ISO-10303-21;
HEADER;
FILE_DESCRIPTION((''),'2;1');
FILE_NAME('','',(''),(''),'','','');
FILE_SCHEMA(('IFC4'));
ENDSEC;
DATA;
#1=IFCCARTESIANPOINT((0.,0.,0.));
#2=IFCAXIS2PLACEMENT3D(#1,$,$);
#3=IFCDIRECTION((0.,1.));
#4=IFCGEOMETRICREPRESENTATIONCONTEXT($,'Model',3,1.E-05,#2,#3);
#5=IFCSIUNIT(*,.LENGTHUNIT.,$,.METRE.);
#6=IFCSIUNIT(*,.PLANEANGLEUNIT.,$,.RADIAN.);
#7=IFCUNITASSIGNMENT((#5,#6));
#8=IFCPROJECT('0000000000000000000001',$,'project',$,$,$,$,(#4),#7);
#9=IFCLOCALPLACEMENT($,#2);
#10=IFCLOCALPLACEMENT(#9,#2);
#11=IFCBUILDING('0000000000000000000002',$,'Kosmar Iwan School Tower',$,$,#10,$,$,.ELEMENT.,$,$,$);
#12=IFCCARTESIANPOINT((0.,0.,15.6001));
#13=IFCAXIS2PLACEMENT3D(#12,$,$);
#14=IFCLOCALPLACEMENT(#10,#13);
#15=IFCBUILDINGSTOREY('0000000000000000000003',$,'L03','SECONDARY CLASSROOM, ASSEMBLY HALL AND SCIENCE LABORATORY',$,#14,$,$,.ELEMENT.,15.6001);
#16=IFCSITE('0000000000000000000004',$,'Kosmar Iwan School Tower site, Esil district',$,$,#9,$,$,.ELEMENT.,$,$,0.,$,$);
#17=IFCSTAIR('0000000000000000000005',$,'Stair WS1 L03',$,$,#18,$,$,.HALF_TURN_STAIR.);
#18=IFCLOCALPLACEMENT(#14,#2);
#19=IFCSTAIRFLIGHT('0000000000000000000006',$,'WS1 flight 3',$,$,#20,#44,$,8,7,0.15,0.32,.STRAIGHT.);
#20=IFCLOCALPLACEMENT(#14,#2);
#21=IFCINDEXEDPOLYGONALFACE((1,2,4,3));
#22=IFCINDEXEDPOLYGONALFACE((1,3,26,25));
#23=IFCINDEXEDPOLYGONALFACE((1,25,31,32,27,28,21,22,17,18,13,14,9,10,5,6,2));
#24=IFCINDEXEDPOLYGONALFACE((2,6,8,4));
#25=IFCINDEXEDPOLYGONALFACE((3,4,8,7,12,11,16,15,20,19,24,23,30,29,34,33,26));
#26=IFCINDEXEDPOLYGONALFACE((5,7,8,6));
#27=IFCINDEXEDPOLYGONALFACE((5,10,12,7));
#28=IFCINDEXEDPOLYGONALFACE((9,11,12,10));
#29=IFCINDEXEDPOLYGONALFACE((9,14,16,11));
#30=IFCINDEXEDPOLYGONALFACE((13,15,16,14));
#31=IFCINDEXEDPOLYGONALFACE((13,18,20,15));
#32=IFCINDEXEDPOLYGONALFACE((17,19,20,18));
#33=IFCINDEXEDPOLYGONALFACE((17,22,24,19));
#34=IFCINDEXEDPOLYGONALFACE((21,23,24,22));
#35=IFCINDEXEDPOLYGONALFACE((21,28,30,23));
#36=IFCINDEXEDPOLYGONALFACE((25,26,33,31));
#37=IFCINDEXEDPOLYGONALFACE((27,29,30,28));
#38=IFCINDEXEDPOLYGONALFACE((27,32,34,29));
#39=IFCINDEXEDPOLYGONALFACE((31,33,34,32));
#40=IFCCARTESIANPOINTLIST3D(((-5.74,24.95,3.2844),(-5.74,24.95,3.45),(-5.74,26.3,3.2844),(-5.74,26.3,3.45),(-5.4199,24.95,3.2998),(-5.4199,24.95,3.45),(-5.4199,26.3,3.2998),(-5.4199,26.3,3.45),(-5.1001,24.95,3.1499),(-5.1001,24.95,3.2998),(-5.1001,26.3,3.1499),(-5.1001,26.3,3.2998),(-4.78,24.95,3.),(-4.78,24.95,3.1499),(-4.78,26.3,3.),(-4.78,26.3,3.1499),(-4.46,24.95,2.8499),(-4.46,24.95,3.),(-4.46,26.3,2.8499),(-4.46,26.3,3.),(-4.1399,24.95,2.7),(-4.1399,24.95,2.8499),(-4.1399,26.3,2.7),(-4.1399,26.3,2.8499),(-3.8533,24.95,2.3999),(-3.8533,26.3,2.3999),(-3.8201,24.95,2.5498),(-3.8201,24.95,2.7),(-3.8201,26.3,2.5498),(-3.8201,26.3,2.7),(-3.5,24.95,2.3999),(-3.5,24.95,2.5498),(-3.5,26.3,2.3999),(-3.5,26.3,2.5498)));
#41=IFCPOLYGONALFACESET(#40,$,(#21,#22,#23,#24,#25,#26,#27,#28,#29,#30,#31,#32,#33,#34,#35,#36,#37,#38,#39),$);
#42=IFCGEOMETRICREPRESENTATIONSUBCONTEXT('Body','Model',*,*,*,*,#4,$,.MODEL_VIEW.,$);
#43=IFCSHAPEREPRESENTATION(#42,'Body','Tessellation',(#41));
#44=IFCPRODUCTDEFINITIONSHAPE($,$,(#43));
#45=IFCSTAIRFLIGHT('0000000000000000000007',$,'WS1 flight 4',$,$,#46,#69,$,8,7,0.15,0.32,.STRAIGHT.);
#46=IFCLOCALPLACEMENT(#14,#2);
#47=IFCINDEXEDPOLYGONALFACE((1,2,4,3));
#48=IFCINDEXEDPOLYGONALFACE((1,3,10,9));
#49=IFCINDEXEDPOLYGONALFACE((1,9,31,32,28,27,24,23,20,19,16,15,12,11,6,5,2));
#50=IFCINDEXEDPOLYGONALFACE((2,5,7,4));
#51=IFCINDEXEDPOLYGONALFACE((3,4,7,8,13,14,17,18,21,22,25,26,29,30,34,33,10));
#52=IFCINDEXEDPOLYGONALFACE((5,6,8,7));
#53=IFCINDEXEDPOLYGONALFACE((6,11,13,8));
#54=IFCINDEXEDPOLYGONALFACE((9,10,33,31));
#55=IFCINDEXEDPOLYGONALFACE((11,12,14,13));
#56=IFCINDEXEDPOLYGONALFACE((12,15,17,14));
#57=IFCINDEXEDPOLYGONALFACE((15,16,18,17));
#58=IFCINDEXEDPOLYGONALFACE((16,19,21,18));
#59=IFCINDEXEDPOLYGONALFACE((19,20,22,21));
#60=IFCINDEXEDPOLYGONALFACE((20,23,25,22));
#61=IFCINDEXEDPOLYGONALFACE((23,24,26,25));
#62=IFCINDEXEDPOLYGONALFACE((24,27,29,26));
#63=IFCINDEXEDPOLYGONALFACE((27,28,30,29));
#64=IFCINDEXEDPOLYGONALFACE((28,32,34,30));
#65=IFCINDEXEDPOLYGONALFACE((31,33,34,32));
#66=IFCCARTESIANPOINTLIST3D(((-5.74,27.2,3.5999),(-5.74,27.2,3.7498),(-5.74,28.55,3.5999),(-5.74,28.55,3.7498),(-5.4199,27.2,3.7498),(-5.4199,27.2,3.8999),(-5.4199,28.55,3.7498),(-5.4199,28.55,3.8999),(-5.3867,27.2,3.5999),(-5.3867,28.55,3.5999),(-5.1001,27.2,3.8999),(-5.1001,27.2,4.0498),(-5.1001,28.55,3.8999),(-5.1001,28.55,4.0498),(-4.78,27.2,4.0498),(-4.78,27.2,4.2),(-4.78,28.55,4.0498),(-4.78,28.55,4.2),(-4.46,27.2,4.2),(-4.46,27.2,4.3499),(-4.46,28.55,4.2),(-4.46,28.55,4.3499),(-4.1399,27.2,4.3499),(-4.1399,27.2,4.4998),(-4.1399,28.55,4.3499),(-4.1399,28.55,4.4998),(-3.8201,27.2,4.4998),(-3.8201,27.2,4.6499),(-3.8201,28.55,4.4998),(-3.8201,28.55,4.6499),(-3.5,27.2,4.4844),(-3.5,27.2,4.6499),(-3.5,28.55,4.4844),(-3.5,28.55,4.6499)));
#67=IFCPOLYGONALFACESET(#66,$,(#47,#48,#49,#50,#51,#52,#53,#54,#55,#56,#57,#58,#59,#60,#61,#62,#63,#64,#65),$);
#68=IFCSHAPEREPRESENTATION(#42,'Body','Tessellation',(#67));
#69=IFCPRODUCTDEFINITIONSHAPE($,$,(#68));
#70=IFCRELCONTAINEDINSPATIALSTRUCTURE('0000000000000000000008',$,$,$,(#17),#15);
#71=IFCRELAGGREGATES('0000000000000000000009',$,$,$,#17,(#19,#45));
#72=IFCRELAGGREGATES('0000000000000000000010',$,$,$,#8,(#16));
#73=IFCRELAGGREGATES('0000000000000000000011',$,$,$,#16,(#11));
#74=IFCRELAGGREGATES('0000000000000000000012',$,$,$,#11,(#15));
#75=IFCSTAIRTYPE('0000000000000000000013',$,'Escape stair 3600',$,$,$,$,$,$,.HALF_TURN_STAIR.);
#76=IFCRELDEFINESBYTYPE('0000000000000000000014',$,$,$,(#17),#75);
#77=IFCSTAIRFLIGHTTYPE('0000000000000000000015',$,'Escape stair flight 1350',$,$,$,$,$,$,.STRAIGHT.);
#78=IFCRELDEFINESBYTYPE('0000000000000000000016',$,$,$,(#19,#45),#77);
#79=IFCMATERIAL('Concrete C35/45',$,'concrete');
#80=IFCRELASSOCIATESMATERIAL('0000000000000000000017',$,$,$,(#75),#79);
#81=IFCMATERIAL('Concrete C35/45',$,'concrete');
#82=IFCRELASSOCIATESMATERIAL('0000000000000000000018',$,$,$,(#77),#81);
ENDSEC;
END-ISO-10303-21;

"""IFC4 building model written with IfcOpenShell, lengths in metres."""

from ifc_helpers import new_model, si_unit, direction, frame, origin, place, context, subcontext, project, spatial, polyline, outline, extrude, material, type_object, element, aggregate, save


model = new_model("IFC4")

# Units and contexts
model_context = context("Model", 3, precision=1e-05, world=origin(), true_north=direction((0.0, 1.0)))
body_context = subcontext(model_context, "Body", "Model", "MODEL_VIEW")
ifc_project = project(units=[si_unit("LENGTHUNIT", "METRE"), si_unit("PLANEANGLEUNIT", "RADIAN")], contexts=[model_context])

# Site, building, storey
site_placement = place(None, origin())
site = spatial("IfcSite", under=ifc_project, at=site_placement, Name="Kosmar Iwan School Tower site, Esil district", CompositionType="ELEMENT", RefElevation=0.0)
building_placement = place(site_placement, origin())
building = spatial("IfcBuilding", under=site, at=building_placement, Name="Kosmar Iwan School Tower", CompositionType="ELEMENT")
storey_placement = place(building_placement, frame((0.0, 0.0, 15.6001)))
storey = spatial("IfcBuildingStorey", under=building, at=storey_placement, Name="L03", Description="SECONDARY CLASSROOM, ASSEMBLY HALL AND SCIENCE LABORATORY", CompositionType="ELEMENT", Elevation=15.6001)

# Stair, stair flights
ifc_material_1 = material(Name="Concrete C35/45", Category="concrete")
stair_type = type_object("IfcStairType", Name="Escape stair 3600", PredefinedType="HALF_TURN_STAIR", material=ifc_material_1)
stair_placement = place(storey_placement, origin())
stair = element("IfcStair", 1, at=stair_placement, inside=storey, type_object=stair_type, Name="Stair WS1 L03", PredefinedType="HALF_TURN_STAIR")
ifc_material_2 = material(Name="Concrete C35/45", Category="concrete")
stair_flight_type = type_object("IfcStairFlightType", Name="Escape stair flight 1350", PredefinedType="STRAIGHT", material=ifc_material_2)
stair_flight_1_placement = place(storey_placement, frame((-3.5, 25.625, 2.3999), z_axis=(0.0, 0.0, 1.0), x_axis=(-1.0, 0.0, 0.0)))
stair_flight_1 = element("IfcStairFlight", 2, at=stair_flight_1_placement, type_object=stair_flight_type, Name="WS1 flight 3", NumberOfRisers=8, NumberOfTreads=7, PredefinedType="STRAIGHT", RiserHeight=0.15, TreadLength=0.32, context=body_context, shape_type="SweptSolid", body=[
    extrude(outline(polyline([(0.0, 0.0), (0.0, 0.1499), (0.3201, 0.1499), (0.3201, 0.3), (0.6399, 0.3), (0.6399, 0.45), (0.96, 0.45), (0.96, 0.6001), (1.28, 0.6001), (1.28, 0.75), (1.6001, 0.75), (1.6001, 0.8999), (1.9199, 0.8999), (1.9199, 1.05), (2.24, 1.05), (2.24, 1.2), (2.24, 0.8845), (0.3533, 0.0), (0.0, 0.0)])), frame((0.0, 0.675, 0.0), z_axis=(0.0, -1.0, 0.0), x_axis=(1.0, 0.0, 0.0)), (0.0, 0.0, 1.0), 1.3501),
])
stair_flight_2_placement = place(storey_placement, frame((-5.74, 27.875, 3.5999), z_axis=(0.0, 0.0, 1.0), x_axis=(1.0, 0.0, 0.0)))
stair_flight_2 = element("IfcStairFlight", 3, at=stair_flight_2_placement, type_object=stair_flight_type, Name="WS1 flight 4", NumberOfRisers=8, NumberOfTreads=7, PredefinedType="STRAIGHT", RiserHeight=0.15, TreadLength=0.32, context=body_context, shape_type="SweptSolid", body=[
    extrude(outline(polyline([(0.0, 0.0), (0.0, 0.1499), (0.3201, 0.1499), (0.3201, 0.3), (0.6399, 0.3), (0.6399, 0.45), (0.96, 0.45), (0.96, 0.6001), (1.28, 0.6001), (1.28, 0.75), (1.6001, 0.75), (1.6001, 0.8999), (1.9199, 0.8999), (1.9199, 1.05), (2.24, 1.05), (2.24, 1.2), (2.24, 0.8845), (0.3533, 0.0), (0.0, 0.0)])), frame((0.0, 0.675, 0.0), z_axis=(0.0, -1.0, 0.0), x_axis=(1.0, 0.0, 0.0)), (0.0, 0.0, 1.0), 1.3501),
])
aggregate(stair, [stair_flight_1, stair_flight_2])

save(model, "model.ifc")
